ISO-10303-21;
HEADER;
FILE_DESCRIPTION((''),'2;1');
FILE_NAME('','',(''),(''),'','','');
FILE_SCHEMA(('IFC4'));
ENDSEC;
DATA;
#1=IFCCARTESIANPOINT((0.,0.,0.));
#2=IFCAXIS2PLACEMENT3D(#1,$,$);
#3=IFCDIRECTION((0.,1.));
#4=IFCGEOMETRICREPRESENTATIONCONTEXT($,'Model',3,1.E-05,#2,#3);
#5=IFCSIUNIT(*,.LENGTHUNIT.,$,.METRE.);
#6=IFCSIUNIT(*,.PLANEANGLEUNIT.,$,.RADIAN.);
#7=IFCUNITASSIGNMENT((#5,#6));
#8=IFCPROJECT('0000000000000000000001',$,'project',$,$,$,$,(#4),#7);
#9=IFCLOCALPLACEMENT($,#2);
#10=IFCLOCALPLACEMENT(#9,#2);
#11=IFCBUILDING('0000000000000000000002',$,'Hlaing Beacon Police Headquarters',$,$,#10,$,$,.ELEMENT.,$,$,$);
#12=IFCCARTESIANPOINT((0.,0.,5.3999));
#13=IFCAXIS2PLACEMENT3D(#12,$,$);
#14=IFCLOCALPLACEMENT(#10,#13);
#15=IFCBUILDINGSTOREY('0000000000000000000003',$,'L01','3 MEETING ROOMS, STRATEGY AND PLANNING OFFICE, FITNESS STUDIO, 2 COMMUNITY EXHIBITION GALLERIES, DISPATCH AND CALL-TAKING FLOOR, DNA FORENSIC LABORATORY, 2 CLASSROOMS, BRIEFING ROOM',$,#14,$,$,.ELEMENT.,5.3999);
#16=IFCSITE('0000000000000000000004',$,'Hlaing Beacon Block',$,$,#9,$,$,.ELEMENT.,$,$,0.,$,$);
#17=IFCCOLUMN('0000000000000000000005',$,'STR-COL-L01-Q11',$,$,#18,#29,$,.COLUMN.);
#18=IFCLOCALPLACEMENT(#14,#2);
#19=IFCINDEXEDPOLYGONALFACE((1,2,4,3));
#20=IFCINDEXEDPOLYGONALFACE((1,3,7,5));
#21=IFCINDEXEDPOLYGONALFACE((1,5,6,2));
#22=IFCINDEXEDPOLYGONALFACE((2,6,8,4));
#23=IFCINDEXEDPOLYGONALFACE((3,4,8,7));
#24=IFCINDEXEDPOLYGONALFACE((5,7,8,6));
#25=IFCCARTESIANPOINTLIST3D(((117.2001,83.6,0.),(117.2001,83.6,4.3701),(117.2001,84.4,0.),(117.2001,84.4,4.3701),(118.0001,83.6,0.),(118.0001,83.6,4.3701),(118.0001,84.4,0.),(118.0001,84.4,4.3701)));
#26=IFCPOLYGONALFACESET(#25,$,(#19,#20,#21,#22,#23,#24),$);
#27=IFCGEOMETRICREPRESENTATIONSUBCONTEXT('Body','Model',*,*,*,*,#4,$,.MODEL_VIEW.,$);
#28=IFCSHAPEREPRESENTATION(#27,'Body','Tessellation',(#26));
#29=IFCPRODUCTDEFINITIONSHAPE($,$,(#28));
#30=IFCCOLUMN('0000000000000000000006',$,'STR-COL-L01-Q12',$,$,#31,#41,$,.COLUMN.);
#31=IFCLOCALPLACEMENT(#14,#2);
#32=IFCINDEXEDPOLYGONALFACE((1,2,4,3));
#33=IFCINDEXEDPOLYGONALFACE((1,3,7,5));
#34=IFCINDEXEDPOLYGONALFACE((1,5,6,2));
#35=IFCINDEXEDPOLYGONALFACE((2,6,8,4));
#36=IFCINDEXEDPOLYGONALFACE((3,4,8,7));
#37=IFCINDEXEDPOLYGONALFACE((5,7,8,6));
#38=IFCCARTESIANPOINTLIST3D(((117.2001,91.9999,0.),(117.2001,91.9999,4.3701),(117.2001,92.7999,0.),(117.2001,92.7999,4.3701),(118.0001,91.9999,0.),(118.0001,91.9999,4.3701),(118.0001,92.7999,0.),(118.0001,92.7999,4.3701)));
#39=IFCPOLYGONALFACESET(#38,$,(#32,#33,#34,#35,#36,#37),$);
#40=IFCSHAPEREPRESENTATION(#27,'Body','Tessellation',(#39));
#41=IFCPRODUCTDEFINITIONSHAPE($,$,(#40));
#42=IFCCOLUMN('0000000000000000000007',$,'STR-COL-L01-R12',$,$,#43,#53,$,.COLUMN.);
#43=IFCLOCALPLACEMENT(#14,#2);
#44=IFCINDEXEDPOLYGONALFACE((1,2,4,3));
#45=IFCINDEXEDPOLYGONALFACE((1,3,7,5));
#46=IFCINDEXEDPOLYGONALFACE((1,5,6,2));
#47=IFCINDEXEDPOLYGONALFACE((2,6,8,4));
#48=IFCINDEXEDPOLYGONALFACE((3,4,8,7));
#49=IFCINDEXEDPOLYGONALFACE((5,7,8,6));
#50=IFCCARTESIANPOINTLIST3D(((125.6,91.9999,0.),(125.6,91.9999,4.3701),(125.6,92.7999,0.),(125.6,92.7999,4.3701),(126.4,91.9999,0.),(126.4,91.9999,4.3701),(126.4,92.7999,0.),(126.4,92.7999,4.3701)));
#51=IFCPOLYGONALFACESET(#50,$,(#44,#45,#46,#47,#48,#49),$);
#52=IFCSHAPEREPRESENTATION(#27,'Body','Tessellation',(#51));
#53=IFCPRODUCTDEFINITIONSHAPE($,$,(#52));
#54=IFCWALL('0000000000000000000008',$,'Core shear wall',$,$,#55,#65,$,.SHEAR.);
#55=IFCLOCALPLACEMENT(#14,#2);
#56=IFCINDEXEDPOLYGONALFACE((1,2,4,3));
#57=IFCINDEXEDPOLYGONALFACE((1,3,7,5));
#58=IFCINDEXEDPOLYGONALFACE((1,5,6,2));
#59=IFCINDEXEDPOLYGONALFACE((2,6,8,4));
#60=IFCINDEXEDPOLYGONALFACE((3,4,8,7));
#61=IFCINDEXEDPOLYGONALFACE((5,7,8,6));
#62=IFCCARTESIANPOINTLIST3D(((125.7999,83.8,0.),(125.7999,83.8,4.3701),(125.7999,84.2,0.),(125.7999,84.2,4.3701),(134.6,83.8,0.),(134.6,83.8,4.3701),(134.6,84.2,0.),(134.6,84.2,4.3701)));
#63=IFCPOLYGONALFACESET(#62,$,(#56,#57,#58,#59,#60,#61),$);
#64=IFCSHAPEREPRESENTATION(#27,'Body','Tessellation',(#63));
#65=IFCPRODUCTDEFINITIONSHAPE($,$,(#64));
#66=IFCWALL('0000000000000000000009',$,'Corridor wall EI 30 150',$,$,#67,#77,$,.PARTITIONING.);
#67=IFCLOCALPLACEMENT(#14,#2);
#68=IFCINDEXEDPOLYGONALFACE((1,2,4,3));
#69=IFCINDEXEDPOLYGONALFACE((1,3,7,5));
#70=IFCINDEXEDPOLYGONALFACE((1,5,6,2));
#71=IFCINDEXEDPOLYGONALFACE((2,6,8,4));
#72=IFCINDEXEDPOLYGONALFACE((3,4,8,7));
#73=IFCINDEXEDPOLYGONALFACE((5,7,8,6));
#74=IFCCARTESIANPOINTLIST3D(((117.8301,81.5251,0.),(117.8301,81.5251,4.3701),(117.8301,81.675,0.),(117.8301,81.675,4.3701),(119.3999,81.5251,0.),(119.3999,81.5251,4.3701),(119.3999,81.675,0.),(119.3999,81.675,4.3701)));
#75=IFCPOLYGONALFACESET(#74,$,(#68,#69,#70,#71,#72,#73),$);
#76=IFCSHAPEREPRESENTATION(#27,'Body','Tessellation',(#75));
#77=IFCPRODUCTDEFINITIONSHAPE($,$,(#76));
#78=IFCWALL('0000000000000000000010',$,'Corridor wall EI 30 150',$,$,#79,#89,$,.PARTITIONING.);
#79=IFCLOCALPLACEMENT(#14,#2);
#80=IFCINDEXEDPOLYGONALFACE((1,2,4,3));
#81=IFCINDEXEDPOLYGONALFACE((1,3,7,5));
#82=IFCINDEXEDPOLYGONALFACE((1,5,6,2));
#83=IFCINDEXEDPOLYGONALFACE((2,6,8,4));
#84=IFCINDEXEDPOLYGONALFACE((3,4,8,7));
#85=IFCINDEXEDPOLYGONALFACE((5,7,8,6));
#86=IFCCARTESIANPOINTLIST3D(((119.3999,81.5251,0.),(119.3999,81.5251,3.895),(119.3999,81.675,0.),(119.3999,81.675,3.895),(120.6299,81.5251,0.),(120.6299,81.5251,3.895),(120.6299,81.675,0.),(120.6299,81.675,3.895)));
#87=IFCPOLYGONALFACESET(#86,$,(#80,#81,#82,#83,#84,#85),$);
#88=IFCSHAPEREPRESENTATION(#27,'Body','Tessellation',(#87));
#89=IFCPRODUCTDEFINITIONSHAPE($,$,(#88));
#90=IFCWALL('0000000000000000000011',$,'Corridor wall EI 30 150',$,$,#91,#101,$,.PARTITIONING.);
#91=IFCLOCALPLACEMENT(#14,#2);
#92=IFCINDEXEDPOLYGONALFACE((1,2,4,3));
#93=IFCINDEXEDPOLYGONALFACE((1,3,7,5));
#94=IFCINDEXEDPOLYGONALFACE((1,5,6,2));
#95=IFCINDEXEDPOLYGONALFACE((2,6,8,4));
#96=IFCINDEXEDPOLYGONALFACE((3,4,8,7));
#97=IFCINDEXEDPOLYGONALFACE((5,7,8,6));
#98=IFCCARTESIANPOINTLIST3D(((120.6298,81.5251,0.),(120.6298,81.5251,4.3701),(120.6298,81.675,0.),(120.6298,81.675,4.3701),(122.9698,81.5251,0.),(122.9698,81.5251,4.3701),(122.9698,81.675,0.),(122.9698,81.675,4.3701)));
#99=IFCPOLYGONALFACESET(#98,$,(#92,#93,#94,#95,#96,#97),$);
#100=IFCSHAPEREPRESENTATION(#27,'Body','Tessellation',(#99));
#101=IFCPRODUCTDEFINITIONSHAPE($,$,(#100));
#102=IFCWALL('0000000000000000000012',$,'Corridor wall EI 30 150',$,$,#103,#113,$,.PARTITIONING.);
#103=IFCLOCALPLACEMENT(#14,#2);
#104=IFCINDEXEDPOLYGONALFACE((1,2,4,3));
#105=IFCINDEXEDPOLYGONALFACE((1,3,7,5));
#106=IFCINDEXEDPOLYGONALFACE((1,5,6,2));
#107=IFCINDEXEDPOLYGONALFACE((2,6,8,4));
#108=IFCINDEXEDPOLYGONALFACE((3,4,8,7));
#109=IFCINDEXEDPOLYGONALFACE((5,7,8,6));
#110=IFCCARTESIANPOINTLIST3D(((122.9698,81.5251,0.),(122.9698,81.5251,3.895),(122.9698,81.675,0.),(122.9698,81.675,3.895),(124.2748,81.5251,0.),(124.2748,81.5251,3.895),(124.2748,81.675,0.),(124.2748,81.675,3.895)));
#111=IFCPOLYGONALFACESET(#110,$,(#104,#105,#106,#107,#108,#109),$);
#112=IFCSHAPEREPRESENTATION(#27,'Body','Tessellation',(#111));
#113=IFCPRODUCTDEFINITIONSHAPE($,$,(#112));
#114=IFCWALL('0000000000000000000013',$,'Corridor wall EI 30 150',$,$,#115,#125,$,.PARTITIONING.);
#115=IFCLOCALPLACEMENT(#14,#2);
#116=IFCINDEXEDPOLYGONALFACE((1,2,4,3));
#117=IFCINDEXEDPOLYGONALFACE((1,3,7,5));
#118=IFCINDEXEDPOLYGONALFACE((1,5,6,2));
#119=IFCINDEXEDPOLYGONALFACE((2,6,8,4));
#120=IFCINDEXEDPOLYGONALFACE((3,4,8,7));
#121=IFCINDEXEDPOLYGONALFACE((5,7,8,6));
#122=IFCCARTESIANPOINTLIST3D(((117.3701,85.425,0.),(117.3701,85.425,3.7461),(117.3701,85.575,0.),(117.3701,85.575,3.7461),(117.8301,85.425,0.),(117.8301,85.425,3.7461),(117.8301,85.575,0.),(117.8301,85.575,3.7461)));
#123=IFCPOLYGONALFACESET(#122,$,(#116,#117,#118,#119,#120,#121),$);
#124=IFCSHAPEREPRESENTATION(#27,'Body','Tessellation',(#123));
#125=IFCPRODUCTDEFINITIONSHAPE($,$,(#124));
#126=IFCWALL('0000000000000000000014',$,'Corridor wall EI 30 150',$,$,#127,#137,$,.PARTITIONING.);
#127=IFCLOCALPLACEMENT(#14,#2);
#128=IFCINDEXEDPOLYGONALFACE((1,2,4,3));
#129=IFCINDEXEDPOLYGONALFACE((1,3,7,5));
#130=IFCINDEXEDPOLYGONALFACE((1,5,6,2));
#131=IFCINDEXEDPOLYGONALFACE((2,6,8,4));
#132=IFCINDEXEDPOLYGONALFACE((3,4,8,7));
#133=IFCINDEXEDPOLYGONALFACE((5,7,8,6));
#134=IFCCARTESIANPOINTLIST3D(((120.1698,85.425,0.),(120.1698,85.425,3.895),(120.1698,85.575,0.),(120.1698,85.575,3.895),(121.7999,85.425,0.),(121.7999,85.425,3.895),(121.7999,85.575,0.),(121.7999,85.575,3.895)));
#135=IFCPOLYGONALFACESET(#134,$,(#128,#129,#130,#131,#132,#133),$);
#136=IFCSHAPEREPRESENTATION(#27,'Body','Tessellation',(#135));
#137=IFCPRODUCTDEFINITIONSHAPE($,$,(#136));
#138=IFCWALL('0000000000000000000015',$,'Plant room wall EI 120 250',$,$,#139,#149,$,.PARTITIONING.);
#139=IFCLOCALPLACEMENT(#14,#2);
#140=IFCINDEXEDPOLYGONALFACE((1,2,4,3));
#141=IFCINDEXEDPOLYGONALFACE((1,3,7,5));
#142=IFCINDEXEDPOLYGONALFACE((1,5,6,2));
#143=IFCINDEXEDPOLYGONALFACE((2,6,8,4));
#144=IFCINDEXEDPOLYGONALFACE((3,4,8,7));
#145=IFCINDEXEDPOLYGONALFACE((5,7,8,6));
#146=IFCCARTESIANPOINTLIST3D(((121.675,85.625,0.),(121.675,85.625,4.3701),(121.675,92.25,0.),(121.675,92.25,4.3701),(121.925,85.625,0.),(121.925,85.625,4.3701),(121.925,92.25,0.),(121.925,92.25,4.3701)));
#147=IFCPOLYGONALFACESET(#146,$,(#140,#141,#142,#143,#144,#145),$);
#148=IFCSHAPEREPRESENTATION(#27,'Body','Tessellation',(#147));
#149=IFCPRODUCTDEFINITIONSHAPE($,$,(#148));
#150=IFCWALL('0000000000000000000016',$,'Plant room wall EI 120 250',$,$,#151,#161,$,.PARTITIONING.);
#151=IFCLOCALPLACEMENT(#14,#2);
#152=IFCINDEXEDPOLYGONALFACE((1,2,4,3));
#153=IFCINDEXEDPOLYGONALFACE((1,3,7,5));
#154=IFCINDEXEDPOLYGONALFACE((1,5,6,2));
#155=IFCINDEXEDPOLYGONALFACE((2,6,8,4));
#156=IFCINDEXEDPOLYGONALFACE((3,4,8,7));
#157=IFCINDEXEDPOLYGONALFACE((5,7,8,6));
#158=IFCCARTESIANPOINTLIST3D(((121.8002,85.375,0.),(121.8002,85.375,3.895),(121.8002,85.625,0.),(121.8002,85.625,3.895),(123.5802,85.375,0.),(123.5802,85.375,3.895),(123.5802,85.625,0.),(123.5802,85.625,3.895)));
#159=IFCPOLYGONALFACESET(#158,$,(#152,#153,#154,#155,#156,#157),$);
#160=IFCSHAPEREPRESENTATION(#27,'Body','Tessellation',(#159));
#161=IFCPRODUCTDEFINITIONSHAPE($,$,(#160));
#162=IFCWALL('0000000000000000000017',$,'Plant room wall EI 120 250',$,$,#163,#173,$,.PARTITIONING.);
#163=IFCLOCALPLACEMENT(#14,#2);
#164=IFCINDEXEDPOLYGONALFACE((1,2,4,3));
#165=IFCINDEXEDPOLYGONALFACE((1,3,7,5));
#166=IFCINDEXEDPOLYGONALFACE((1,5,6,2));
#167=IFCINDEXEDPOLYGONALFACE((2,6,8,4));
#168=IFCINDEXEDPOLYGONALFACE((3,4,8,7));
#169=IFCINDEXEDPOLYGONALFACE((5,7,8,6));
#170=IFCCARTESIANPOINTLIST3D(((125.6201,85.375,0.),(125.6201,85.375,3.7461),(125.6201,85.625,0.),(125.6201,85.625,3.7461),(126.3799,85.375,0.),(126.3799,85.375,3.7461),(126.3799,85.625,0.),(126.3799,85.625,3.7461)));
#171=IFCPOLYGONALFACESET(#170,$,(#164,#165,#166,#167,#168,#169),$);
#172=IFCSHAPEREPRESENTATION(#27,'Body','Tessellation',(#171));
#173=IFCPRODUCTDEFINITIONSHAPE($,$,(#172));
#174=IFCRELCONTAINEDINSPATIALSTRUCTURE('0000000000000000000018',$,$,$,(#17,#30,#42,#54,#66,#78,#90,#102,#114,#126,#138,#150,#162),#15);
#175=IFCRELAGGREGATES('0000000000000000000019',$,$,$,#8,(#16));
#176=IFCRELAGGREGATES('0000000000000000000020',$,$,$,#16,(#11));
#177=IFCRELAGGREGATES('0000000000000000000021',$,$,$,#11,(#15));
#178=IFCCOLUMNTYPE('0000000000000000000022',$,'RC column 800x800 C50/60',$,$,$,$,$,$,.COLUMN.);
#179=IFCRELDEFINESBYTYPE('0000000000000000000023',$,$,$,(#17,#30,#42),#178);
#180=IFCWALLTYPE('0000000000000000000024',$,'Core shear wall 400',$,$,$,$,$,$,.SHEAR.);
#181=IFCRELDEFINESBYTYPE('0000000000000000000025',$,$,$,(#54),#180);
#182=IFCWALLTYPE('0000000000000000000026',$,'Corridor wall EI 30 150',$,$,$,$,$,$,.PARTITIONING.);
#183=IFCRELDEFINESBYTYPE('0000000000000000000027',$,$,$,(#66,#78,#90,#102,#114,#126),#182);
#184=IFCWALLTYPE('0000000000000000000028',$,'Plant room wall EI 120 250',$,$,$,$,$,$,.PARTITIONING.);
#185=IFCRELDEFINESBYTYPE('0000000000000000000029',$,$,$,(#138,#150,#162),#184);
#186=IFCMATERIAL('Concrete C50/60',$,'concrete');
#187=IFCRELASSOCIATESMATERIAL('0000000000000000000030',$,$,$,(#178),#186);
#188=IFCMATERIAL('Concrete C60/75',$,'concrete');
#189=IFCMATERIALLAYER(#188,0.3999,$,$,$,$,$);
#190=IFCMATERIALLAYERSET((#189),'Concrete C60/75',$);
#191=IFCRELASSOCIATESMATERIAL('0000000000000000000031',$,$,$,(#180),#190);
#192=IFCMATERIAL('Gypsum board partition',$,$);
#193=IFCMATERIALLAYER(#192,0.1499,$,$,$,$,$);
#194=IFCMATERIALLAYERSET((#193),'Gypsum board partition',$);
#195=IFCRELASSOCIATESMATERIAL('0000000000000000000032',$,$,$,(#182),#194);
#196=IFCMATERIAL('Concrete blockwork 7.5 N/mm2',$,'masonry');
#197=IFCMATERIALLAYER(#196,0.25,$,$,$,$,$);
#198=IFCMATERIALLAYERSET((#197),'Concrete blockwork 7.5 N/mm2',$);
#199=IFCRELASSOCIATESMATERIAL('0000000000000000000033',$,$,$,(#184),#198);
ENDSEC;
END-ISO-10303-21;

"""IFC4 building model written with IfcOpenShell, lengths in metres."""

from ifc_helpers import new_model, si_unit, direction, frame, frame_2d, origin, origin_2d, place, context, subcontext, project, spatial, rectangle, extrude, material, layer, layer_set, material_profile, profile_set, type_object, element, save


model = new_model("IFC4")

# Units and contexts
model_context = context("Model", 3, precision=1e-05, world=origin(), true_north=direction((0.0, 1.0)))
body_context = subcontext(model_context, "Body", "Model", "MODEL_VIEW")
ifc_project = project(units=[si_unit("LENGTHUNIT", "METRE"), si_unit("PLANEANGLEUNIT", "RADIAN")], contexts=[model_context])

# Site, building, storey
site_placement = place(None, origin())
site = spatial("IfcSite", under=ifc_project, at=site_placement, Name="Hlaing Beacon Block", CompositionType="ELEMENT", RefElevation=0.0)
building_placement = place(site_placement, origin())
building = spatial("IfcBuilding", under=site, at=building_placement, Name="Hlaing Beacon Police Headquarters", CompositionType="ELEMENT")
storey_placement = place(building_placement, frame((0.0, 0.0, 5.3999)))
storey = spatial("IfcBuildingStorey", under=building, at=storey_placement, Name="L01", Description="3 MEETING ROOMS, STRATEGY AND PLANNING OFFICE, FITNESS STUDIO, 2 COMMUNITY EXHIBITION GALLERIES, DISPATCH AND CALL-TAKING FLOOR, DNA FORENSIC LABORATORY, 2 CLASSROOMS, BRIEFING ROOM", CompositionType="ELEMENT", Elevation=5.3999)

# Columns
ifc_material_1 = material(Name="Concrete C50/60", Category="concrete")
ifc_material_profile = material_profile(ifc_material_1, rectangle(XDim=0.8, YDim=0.8, at=origin_2d()), Name="800x800")
ifc_profile_set = profile_set([ifc_material_profile], Name="Concrete C50/60")
column_type = type_object("IfcColumnType", Name="RC column 800x800 C50/60", PredefinedType="COLUMN", material=ifc_profile_set)
for number, where, z_axis, x_axis, name in (
    (1, (117.6001, 84.0, 0.0), (0.0, 0.0, 1.0), (1.0, 0.0, 0.0), "STR-COL-L01-Q11"),
    (2, (117.6001, 92.3999, 0.0), (0.0, 0.0, 1.0), (1.0, 0.0, 0.0), "STR-COL-L01-Q12"),
    (3, (126.0, 92.3999, 0.0), (0.0, 0.0, 1.0), (1.0, 0.0, 0.0), "STR-COL-L01-R12"),
):
    element("IfcColumn", number, at=place(storey_placement, frame(where, z_axis=z_axis, x_axis=x_axis)), inside=storey, type_object=column_type, Name=name, PredefinedType="COLUMN", context=body_context, shape_type="SweptSolid", body=[
        extrude(rectangle(XDim=0.8, YDim=0.8, at=origin_2d()), origin(), (0.0, 0.0, 1.0), 4.3701),
    ])

# Walls
ifc_material_2 = material(Name="Concrete C60/75", Category="concrete")
ifc_layer_1 = layer(ifc_material_2, 0.3999)
ifc_layer_set_1 = layer_set([ifc_layer_1], Name="Concrete C60/75")
wall_type_1 = type_object("IfcWallType", Name="Core shear wall 400", PredefinedType="SHEAR", material=ifc_layer_set_1)
wall_1_placement = place(storey_placement, frame((125.8, 84.0, 0.0), z_axis=(0.0, 0.0, 1.0), x_axis=(1.0, 0.0, 0.0)))
element("IfcWall", 4, at=wall_1_placement, inside=storey, type_object=wall_type_1, Name="Core shear wall", PredefinedType="SHEAR", context=body_context, shape_type="SweptSolid", body=[
    extrude(rectangle(XDim=8.8, YDim=0.3999, at=frame_2d((4.3999, 0.0))), origin(), (0.0, 0.0, 1.0), 4.3701),
])
ifc_material_3 = material(Name="Gypsum board partition")
ifc_layer_2 = layer(ifc_material_3, 0.1499)
ifc_layer_set_2 = layer_set([ifc_layer_2], Name="Gypsum board partition")
wall_type_2 = type_object("IfcWallType", Name="Corridor wall EI 30 150", PredefinedType="PARTITIONING", material=ifc_layer_set_2)
wall_2_placement = place(storey_placement, frame((117.8301, 81.6001, 0.0), z_axis=(0.0, 0.0, 1.0), x_axis=(1.0, 0.0, 0.0)))
element("IfcWall", 5, at=wall_2_placement, inside=storey, type_object=wall_type_2, Name="Corridor wall EI 30 150", PredefinedType="PARTITIONING", context=body_context, shape_type="SweptSolid", body=[
    extrude(rectangle(XDim=1.5698, YDim=0.1499, at=frame_2d((0.7849, 0.0))), origin(), (0.0, 0.0, 1.0), 4.3701),
])
wall_3_placement = place(storey_placement, frame((119.3999, 81.6001, 0.0), z_axis=(0.0, 0.0, 1.0), x_axis=(1.0, 0.0, 0.0)))
element("IfcWall", 6, at=wall_3_placement, inside=storey, type_object=wall_type_2, Name="Corridor wall EI 30 150", PredefinedType="PARTITIONING", context=body_context, shape_type="SweptSolid", body=[
    extrude(rectangle(XDim=1.23, YDim=0.1499, at=frame_2d((0.615, 0.0))), origin(), (0.0, 0.0, 1.0), 3.895),
])
wall_4_placement = place(storey_placement, frame((120.6299, 81.6001, 0.0), z_axis=(0.0, 0.0, 1.0), x_axis=(1.0, 0.0, 0.0)))
element("IfcWall", 7, at=wall_4_placement, inside=storey, type_object=wall_type_2, Name="Corridor wall EI 30 150", PredefinedType="PARTITIONING", context=body_context, shape_type="SweptSolid", body=[
    extrude(rectangle(XDim=2.3401, YDim=0.1499, at=frame_2d((1.1699, 0.0))), origin(), (0.0, 0.0, 1.0), 4.3701),
])
wall_5_placement = place(storey_placement, frame((122.97, 81.6001, 0.0), z_axis=(0.0, 0.0, 1.0), x_axis=(1.0, 0.0, 0.0)))
element("IfcWall", 8, at=wall_5_placement, inside=storey, type_object=wall_type_2, Name="Corridor wall EI 30 150", PredefinedType="PARTITIONING", context=body_context, shape_type="SweptSolid", body=[
    extrude(rectangle(XDim=1.3049, YDim=0.1499, at=frame_2d((0.6523, 0.0))), origin(), (0.0, 0.0, 1.0), 3.895),
])
wall_6_placement = place(storey_placement, frame((117.3701, 85.5, 0.0), z_axis=(0.0, 0.0, 1.0), x_axis=(1.0, 0.0, 0.0)))
element("IfcWall", 9, at=wall_6_placement, inside=storey, type_object=wall_type_2, Name="Corridor wall EI 30 150", PredefinedType="PARTITIONING", context=body_context, shape_type="SweptSolid", body=[
    extrude(rectangle(XDim=0.46, YDim=0.1499, at=frame_2d((0.23, 0.0))), origin(), (0.0, 0.0, 1.0), 3.7461),
])

# Walls
wall_7_placement = place(storey_placement, frame((120.1699, 85.5, 0.0), z_axis=(0.0, 0.0, 1.0), x_axis=(1.0, 0.0, 0.0)))
element("IfcWall", 10, at=wall_7_placement, inside=storey, type_object=wall_type_2, Name="Corridor wall EI 30 150", PredefinedType="PARTITIONING", context=body_context, shape_type="SweptSolid", body=[
    extrude(rectangle(XDim=1.6301, YDim=0.1499, at=frame_2d((0.8149, 0.0))), origin(), (0.0, 0.0, 1.0), 3.895),
])
ifc_material_4 = material(Name="Concrete blockwork 7.5 N/mm2", Category="masonry")
ifc_layer_3 = layer(ifc_material_4, 0.25)
ifc_layer_set_3 = layer_set([ifc_layer_3], Name="Concrete blockwork 7.5 N/mm2")
wall_type_3 = type_object("IfcWallType", Name="Plant room wall EI 120 250", PredefinedType="PARTITIONING", material=ifc_layer_set_3)
wall_8_placement = place(storey_placement, frame((121.8, 85.625, 0.0), z_axis=(0.0, 0.0, 1.0), x_axis=(0.0, 1.0, 0.0)))
element("IfcWall", 11, at=wall_8_placement, inside=storey, type_object=wall_type_3, Name="Plant room wall EI 120 250", PredefinedType="PARTITIONING", context=body_context, shape_type="SweptSolid", body=[
    extrude(rectangle(XDim=6.625, YDim=0.25, at=frame_2d((3.3125, 0.0))), origin(), (0.0, 0.0, 1.0), 4.3701),
])
wall_9_placement = place(storey_placement, frame((121.8, 85.5, 0.0), z_axis=(0.0, 0.0, 1.0), x_axis=(1.0, 0.0, 0.0)))
element("IfcWall", 12, at=wall_9_placement, inside=storey, type_object=wall_type_3, Name="Plant room wall EI 120 250", PredefinedType="PARTITIONING", context=body_context, shape_type="SweptSolid", body=[
    extrude(rectangle(XDim=1.78, YDim=0.25, at=frame_2d((0.8901, 0.0))), origin(), (0.0, 0.0, 1.0), 3.895),
])

# Wall
wall_10_placement = place(storey_placement, frame((125.6201, 85.5, 0.0), z_axis=(0.0, 0.0, 1.0), x_axis=(1.0, 0.0, 0.0)))
element("IfcWall", 13, at=wall_10_placement, inside=storey, type_object=wall_type_3, Name="Plant room wall EI 120 250", PredefinedType="PARTITIONING", context=body_context, shape_type="SweptSolid", body=[
    extrude(rectangle(XDim=0.7598, YDim=0.25, at=frame_2d((0.3799, 0.0))), origin(), (0.0, 0.0, 1.0), 3.7461),
])

save(model, "model.ifc")
